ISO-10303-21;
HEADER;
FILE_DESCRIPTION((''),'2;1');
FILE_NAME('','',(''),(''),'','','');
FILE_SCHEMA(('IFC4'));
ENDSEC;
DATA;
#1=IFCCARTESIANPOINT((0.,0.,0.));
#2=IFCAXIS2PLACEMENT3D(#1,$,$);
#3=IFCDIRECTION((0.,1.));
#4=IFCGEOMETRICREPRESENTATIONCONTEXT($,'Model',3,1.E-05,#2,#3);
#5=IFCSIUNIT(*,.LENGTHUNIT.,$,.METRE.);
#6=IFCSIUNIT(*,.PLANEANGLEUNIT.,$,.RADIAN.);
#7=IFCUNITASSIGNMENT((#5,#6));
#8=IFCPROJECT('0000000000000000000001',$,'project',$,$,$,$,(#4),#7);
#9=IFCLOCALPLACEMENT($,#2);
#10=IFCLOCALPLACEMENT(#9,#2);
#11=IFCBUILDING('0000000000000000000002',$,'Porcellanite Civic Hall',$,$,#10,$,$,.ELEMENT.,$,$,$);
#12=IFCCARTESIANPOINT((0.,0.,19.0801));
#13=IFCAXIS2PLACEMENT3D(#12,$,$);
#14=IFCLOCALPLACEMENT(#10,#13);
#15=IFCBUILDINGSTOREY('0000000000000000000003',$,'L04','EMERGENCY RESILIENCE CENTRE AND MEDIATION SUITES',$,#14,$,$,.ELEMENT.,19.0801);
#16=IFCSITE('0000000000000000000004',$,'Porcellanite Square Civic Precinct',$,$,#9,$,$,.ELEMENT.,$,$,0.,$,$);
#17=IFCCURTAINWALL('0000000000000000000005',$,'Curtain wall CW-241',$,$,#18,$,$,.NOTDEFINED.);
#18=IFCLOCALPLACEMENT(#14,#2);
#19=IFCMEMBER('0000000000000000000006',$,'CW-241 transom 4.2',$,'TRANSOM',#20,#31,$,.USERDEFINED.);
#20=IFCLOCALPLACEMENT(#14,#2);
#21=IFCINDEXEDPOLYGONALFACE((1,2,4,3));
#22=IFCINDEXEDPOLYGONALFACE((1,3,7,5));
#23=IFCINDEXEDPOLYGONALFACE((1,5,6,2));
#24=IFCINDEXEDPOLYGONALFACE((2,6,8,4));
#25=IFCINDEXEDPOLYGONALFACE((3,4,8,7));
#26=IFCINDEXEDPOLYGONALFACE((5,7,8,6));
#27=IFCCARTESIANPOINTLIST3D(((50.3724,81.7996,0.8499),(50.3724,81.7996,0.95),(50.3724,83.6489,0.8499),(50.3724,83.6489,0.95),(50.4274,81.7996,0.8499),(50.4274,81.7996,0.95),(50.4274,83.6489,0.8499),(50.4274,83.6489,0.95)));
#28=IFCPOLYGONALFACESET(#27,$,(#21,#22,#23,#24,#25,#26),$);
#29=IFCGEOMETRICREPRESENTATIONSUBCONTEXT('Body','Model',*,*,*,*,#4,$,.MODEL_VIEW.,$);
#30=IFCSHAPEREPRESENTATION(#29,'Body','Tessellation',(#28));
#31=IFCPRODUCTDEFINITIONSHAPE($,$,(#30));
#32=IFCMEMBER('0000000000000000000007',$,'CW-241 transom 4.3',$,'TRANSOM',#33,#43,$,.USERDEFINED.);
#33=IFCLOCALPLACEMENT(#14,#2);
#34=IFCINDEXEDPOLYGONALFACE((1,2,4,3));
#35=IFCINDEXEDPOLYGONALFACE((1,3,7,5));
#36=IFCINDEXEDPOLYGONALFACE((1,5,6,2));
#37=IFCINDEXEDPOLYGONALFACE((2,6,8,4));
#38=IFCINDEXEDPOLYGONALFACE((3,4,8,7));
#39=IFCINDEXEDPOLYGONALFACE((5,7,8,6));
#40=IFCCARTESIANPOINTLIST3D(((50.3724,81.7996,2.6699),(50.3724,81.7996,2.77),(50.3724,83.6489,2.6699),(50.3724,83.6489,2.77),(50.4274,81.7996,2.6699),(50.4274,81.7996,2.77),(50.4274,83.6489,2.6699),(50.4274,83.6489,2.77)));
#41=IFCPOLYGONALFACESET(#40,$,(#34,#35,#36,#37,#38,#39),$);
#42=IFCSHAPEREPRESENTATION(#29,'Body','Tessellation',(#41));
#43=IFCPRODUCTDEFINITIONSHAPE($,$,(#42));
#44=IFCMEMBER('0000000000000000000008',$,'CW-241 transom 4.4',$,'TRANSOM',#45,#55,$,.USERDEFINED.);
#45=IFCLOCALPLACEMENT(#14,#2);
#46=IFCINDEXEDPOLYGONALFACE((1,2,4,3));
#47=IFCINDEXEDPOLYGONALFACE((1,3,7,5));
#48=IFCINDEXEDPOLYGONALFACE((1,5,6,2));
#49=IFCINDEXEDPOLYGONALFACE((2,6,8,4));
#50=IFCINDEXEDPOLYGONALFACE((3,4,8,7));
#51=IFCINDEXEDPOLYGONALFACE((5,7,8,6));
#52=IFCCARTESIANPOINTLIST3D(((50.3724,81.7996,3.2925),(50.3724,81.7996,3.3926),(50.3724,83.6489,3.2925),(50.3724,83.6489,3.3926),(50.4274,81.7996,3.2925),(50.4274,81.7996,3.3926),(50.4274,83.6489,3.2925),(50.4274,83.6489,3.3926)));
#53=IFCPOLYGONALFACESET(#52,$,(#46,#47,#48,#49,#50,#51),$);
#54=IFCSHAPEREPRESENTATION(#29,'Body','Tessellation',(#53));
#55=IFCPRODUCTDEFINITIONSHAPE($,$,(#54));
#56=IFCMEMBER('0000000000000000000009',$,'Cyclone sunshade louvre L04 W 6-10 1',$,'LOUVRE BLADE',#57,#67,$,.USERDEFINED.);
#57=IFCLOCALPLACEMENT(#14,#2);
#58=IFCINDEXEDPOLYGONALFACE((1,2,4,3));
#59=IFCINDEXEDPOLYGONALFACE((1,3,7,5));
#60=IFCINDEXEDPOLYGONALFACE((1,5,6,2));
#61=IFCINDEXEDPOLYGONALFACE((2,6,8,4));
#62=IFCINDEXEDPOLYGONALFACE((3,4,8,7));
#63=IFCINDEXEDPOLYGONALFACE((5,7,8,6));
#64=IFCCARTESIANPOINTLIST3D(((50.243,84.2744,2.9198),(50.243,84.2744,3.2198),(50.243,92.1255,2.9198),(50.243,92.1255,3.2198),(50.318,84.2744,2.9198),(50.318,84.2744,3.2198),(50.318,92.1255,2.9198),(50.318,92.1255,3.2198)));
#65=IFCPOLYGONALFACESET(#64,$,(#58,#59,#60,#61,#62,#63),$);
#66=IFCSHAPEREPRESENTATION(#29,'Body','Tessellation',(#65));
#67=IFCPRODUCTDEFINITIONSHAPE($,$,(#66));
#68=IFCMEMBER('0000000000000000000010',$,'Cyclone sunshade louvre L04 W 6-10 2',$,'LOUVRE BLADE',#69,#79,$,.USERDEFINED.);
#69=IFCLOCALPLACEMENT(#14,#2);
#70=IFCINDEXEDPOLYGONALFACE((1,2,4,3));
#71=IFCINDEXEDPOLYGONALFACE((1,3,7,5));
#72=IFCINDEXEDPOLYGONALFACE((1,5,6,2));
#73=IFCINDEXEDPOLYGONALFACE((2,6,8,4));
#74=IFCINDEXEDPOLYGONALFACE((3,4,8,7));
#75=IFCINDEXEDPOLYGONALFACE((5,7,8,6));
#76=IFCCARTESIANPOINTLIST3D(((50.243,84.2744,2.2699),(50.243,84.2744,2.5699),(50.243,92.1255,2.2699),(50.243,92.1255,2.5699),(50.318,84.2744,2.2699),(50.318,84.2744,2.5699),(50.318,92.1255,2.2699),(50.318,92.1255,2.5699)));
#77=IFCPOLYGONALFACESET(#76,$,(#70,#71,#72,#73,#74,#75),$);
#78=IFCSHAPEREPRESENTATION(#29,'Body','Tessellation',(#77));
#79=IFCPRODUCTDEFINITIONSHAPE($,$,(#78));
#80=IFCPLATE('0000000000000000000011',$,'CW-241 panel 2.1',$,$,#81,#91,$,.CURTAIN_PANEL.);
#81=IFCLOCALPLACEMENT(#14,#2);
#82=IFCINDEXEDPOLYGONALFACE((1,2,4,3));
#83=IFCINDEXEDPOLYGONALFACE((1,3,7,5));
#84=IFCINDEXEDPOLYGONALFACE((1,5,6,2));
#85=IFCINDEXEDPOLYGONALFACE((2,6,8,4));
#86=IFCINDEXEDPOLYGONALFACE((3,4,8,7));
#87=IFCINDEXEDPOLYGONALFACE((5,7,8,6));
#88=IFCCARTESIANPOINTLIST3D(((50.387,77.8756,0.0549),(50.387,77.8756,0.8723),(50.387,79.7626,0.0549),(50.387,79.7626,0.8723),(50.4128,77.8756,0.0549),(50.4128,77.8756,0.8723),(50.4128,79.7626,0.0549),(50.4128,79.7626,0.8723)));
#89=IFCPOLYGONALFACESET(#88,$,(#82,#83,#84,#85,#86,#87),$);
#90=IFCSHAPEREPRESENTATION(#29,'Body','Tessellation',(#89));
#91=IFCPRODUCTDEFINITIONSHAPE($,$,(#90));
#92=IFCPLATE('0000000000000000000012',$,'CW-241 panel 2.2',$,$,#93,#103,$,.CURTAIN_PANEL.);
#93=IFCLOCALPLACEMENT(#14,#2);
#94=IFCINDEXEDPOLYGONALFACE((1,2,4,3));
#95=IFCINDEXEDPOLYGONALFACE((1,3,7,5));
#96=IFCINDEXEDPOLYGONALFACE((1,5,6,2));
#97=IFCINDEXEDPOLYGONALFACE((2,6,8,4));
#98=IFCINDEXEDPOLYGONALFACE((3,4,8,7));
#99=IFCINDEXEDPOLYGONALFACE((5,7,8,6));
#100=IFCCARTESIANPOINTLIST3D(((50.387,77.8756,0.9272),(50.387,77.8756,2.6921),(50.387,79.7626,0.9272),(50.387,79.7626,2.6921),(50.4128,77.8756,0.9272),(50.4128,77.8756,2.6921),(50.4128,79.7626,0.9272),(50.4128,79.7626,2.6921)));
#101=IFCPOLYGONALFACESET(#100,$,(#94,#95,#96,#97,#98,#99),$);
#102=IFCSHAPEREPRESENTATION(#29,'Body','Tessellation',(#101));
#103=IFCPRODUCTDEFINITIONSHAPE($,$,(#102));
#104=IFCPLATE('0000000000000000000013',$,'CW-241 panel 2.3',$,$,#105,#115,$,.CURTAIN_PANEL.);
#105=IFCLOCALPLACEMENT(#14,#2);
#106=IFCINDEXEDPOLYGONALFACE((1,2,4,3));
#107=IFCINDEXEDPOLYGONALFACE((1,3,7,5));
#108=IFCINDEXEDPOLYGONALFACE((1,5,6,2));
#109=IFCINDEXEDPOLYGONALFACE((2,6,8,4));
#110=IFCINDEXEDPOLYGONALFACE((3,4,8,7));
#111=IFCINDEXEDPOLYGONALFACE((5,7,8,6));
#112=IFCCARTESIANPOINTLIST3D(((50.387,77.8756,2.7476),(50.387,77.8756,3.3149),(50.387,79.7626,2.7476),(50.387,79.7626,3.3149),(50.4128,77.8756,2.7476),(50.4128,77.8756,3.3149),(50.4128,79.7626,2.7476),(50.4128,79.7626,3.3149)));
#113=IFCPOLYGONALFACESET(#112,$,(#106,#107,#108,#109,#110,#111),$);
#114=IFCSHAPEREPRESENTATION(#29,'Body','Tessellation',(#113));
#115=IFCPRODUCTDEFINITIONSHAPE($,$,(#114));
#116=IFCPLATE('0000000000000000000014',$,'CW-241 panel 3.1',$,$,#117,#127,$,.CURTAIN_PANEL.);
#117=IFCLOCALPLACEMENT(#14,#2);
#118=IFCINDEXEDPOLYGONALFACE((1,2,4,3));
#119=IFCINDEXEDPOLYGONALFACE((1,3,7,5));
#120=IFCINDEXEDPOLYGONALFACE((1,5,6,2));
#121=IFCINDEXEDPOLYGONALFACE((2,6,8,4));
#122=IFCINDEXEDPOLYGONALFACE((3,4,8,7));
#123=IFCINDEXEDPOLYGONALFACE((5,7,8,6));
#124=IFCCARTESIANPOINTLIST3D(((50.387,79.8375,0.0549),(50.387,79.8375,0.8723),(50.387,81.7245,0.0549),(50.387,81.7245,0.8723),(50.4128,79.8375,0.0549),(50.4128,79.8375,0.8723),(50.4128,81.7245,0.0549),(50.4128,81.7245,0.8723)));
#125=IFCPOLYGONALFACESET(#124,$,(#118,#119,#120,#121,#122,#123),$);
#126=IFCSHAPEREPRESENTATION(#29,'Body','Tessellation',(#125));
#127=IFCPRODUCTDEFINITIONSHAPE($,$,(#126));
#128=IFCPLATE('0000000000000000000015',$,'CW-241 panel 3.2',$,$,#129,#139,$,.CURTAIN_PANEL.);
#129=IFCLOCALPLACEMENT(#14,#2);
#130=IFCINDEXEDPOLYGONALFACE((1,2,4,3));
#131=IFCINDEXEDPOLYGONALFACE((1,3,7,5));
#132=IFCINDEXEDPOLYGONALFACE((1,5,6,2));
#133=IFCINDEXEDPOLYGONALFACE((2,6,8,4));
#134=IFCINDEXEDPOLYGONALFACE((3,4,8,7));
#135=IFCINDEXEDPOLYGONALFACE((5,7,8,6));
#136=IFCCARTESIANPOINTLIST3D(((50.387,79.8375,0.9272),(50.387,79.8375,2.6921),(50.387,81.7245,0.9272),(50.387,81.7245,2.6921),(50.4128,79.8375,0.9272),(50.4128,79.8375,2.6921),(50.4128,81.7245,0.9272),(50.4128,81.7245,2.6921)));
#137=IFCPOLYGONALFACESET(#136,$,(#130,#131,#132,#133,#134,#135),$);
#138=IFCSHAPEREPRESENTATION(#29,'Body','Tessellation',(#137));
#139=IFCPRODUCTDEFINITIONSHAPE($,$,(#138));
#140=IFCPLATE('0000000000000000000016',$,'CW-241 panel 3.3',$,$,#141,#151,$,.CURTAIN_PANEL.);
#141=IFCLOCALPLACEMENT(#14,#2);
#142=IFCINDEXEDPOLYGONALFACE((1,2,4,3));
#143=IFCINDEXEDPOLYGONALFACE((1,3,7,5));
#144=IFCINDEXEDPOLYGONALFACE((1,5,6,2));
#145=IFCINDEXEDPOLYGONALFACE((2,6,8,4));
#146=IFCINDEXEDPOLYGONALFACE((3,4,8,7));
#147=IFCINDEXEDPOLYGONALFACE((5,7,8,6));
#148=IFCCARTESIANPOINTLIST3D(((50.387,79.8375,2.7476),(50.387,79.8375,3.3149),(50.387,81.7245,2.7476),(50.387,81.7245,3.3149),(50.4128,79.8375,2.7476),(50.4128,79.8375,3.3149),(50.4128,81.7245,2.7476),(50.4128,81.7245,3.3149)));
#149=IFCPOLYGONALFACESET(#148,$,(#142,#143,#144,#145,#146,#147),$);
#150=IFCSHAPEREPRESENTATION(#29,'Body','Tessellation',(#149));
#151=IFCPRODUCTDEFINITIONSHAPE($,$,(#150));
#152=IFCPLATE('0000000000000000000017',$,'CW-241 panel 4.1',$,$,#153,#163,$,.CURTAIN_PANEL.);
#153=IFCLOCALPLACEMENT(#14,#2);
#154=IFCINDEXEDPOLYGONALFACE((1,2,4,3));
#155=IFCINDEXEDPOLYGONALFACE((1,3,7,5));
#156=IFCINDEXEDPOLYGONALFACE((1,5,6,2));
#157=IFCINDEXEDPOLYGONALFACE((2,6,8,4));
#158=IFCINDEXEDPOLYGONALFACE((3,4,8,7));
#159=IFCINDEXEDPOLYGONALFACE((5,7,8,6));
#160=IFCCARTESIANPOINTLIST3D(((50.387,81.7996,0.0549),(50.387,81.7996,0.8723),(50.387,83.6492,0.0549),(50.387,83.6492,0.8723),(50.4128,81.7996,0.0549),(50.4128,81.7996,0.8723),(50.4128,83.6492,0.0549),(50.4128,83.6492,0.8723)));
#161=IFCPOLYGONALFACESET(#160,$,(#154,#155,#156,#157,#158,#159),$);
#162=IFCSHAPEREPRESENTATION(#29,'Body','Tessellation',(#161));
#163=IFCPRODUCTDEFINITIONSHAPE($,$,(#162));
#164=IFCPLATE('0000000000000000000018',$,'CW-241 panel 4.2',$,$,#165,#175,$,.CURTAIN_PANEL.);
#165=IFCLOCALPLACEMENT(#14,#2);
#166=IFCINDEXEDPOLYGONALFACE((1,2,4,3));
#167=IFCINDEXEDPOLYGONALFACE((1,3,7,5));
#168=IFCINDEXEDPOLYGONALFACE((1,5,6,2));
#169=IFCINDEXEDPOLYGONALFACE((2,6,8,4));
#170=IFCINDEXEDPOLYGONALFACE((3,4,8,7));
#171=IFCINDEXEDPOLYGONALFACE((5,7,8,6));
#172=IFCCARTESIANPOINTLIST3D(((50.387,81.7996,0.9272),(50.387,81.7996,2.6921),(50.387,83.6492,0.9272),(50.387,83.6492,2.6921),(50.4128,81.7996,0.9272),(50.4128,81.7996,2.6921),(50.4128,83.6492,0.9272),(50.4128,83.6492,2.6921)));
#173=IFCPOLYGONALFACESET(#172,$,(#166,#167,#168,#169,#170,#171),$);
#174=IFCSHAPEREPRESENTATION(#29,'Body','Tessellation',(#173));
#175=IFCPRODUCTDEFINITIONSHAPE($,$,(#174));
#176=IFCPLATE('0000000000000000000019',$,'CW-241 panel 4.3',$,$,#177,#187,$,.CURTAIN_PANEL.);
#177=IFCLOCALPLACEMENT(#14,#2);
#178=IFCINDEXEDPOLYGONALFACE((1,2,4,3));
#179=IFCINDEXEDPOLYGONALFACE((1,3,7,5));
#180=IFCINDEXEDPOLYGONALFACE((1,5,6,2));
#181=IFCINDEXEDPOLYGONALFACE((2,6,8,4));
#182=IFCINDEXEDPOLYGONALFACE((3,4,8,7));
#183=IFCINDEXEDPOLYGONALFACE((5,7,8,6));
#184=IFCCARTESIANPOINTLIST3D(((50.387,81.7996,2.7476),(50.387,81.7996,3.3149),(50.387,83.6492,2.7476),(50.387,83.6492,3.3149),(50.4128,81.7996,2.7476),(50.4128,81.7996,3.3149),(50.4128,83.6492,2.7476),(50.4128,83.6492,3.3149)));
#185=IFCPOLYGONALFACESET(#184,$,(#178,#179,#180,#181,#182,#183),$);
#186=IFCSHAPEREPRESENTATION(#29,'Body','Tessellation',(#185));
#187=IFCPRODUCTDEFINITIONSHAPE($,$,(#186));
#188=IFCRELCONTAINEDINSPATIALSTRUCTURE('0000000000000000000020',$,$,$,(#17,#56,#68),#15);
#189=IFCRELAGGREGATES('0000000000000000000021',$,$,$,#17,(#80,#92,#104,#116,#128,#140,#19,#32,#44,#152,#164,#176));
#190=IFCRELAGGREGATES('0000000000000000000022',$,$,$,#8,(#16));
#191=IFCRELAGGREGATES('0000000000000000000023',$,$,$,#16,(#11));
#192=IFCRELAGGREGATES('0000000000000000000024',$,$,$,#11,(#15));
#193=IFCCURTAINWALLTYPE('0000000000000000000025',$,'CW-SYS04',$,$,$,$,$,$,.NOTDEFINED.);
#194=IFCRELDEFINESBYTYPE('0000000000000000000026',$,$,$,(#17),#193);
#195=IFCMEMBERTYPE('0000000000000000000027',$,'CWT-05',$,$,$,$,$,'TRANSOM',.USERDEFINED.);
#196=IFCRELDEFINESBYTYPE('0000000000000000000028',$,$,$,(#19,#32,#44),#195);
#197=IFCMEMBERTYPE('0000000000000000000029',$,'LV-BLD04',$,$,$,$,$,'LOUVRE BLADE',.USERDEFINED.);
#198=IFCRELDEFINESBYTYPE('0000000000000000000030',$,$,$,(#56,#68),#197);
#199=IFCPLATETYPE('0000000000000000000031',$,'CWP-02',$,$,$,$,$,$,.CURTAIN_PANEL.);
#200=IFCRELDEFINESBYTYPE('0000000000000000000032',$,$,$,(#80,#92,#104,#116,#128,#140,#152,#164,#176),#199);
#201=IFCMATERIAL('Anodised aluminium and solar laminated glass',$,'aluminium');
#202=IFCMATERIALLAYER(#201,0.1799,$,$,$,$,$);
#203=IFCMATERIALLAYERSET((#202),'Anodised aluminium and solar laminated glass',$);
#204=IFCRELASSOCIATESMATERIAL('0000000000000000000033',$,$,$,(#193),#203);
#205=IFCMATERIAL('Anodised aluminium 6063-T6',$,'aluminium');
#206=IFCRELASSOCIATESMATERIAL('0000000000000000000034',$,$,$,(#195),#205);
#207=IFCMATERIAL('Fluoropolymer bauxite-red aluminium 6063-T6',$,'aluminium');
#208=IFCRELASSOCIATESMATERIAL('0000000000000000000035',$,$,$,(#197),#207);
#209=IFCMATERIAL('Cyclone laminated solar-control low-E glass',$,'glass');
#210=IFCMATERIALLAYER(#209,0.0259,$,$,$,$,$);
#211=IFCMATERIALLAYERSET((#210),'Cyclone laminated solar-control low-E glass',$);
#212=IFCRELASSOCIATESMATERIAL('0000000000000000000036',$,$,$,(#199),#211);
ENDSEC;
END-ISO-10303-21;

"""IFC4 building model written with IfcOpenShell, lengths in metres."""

from ifc_helpers import new_model, si_unit, direction, frame, origin, origin_2d, place, context, subcontext, project, spatial, rectangle, extrude, material, layer, layer_set, material_profile, profile_set, type_object, element, aggregate, save


model = new_model("IFC4")

# Units and contexts
model_context = context("Model", 3, precision=1e-05, world=origin(), true_north=direction((0.0, 1.0)))
body_context = subcontext(model_context, "Body", "Model", "MODEL_VIEW")
ifc_project = project(units=[si_unit("LENGTHUNIT", "METRE"), si_unit("PLANEANGLEUNIT", "RADIAN")], contexts=[model_context])

# Site, building, storey
site_placement = place(None, origin())
site = spatial("IfcSite", under=ifc_project, at=site_placement, Name="Porcellanite Square Civic Precinct", CompositionType="ELEMENT", RefElevation=0.0)
building_placement = place(site_placement, origin())
building = spatial("IfcBuilding", under=site, at=building_placement, Name="Porcellanite Civic Hall", CompositionType="ELEMENT")
storey_placement = place(building_placement, frame((0.0, 0.0, 19.0801)))
storey = spatial("IfcBuildingStorey", under=building, at=storey_placement, Name="L04", Description="EMERGENCY RESILIENCE CENTRE AND MEDIATION SUITES", CompositionType="ELEMENT", Elevation=19.0801)

# Curtain wall
ifc_material_1 = material(Name="Anodised aluminium and solar laminated glass", Category="aluminium")
ifc_layer_1 = layer(ifc_material_1, 0.1799)
ifc_layer_set_1 = layer_set([ifc_layer_1], Name="Anodised aluminium and solar laminated glass")
curtain_wall_type_1 = type_object("IfcCurtainWallType", Name="CW-SYS04", PredefinedType="NOTDEFINED", material=ifc_layer_set_1)
curtain_wall_1_placement = place(storey_placement, origin())
curtain_wall_1 = element("IfcCurtainWall", 1, at=curtain_wall_1_placement, inside=storey, type_object=curtain_wall_type_1, Name="Curtain wall CW-241", PredefinedType="NOTDEFINED")

# Members
ifc_material_2 = material(Name="Anodised aluminium 6063-T6", Category="aluminium")
ifc_material_profile_1 = material_profile(ifc_material_2, rectangle(XDim=0.0549, YDim=0.1001, at=origin_2d()), Name="AL-55x100")
ifc_profile_set_1 = profile_set([ifc_material_profile_1], Name="Anodised aluminium 6063-T6")
member_type_1 = type_object("IfcMemberType", Name="CWT-05", ElementType="TRANSOM", PredefinedType="USERDEFINED", material=ifc_profile_set_1)
member_1_placement = place(storey_placement, frame((50.3999, 81.7996, 0.8999), z_axis=(0.0, 1.0, 0.0), x_axis=(-1.0, 0.0, 0.0)))
member_1 = element("IfcMember", 2, at=member_1_placement, type_object=member_type_1, Name="CW-241 transom 4.2", ObjectType="TRANSOM", PredefinedType="USERDEFINED", context=body_context, shape_type="SweptSolid", body=[
    extrude(rectangle(XDim=0.0549, YDim=0.1001, at=origin_2d()), origin(), (0.0, 0.0, 1.0), 1.8494),
])
member_2_placement = place(storey_placement, frame((50.3999, 81.7996, 2.72), z_axis=(0.0, 1.0, 0.0), x_axis=(-1.0, 0.0, 0.0)))
member_2 = element("IfcMember", 3, at=member_2_placement, type_object=member_type_1, Name="CW-241 transom 4.3", ObjectType="TRANSOM", PredefinedType="USERDEFINED", context=body_context, shape_type="SweptSolid", body=[
    extrude(rectangle(XDim=0.0549, YDim=0.1001, at=origin_2d()), origin(), (0.0, 0.0, 1.0), 1.8494),
])
member_3_placement = place(storey_placement, frame((50.3999, 81.7996, 3.3425), z_axis=(0.0, 1.0, 0.0), x_axis=(-1.0, 0.0, 0.0)))
member_3 = element("IfcMember", 4, at=member_3_placement, type_object=member_type_1, Name="CW-241 transom 4.4", ObjectType="TRANSOM", PredefinedType="USERDEFINED", context=body_context, shape_type="SweptSolid", body=[
    extrude(rectangle(XDim=0.0549, YDim=0.1001, at=origin_2d()), origin(), (0.0, 0.0, 1.0), 1.8494),
])

# Members
ifc_material_3 = material(Name="Fluoropolymer bauxite-red aluminium 6063-T6", Category="aluminium")
ifc_material_profile_2 = material_profile(ifc_material_3, rectangle(XDim=0.075, YDim=0.3, at=origin_2d()), Name="AL-75x300")
ifc_profile_set_2 = profile_set([ifc_material_profile_2], Name="Fluoropolymer bauxite-red aluminium 6063-T6")
member_type_2 = type_object("IfcMemberType", Name="LV-BLD04", ElementType="LOUVRE BLADE", PredefinedType="USERDEFINED", material=ifc_profile_set_2)
for number, where, z_axis, x_axis, name in (
    (5, (50.2805, 84.2744, 3.0698), (0.0, 1.0, 0.0), (-1.0, 0.0, 0.0), "Cyclone sunshade louvre L04 W 6-10 1"),
    (6, (50.2805, 84.2744, 2.4199), (0.0, 1.0, 0.0), (-1.0, 0.0, 0.0), "Cyclone sunshade louvre L04 W 6-10 2"),
):
    element("IfcMember", number, at=place(storey_placement, frame(where, z_axis=z_axis, x_axis=x_axis)), inside=storey, type_object=member_type_2, Name=name, ObjectType="LOUVRE BLADE", PredefinedType="USERDEFINED", context=body_context, shape_type="SweptSolid", body=[
        extrude(rectangle(XDim=0.075, YDim=0.3, at=origin_2d()), origin(), (0.0, 0.0, 1.0), 7.8511),
    ])

# Plates
ifc_material_4 = material(Name="Cyclone laminated solar-control low-E glass", Category="glass")
ifc_layer_2 = layer(ifc_material_4, 0.0259)
ifc_layer_set_2 = layer_set([ifc_layer_2], Name="Cyclone laminated solar-control low-E glass")
plate_type = type_object("IfcPlateType", Name="CWP-02", PredefinedType="CURTAIN_PANEL", material=ifc_layer_set_2)
plate_1_placement = place(storey_placement, frame((50.3999, 78.8191, 0.0549), z_axis=(0.0, 0.0, 1.0), x_axis=(0.0, 1.0, 0.0)))
plate_1 = element("IfcPlate", 7, at=plate_1_placement, type_object=plate_type, Name="CW-241 panel 2.1", PredefinedType="CURTAIN_PANEL", context=body_context, shape_type="SweptSolid", body=[
    extrude(rectangle(XDim=1.887, YDim=0.0259, at=origin_2d()), origin(), (0.0, 0.0, 1.0), 0.8174),
])
plate_2_placement = place(storey_placement, frame((50.3999, 78.8191, 0.9272), z_axis=(0.0, 0.0, 1.0), x_axis=(0.0, 1.0, 0.0)))
plate_2 = element("IfcPlate", 8, at=plate_2_placement, type_object=plate_type, Name="CW-241 panel 2.2", PredefinedType="CURTAIN_PANEL", context=body_context, shape_type="SweptSolid", body=[
    extrude(rectangle(XDim=1.887, YDim=0.0259, at=origin_2d()), origin(), (0.0, 0.0, 1.0), 1.7649),
])
plate_3_placement = place(storey_placement, frame((50.3999, 78.8191, 2.7476), z_axis=(0.0, 0.0, 1.0), x_axis=(0.0, 1.0, 0.0)))
plate_3 = element("IfcPlate", 9, at=plate_3_placement, type_object=plate_type, Name="CW-241 panel 2.3", PredefinedType="CURTAIN_PANEL", context=body_context, shape_type="SweptSolid", body=[
    extrude(rectangle(XDim=1.887, YDim=0.0259, at=origin_2d()), origin(), (0.0, 0.0, 1.0), 0.5674),
])
plate_4_placement = place(storey_placement, frame((50.3999, 80.781, 0.0549), z_axis=(0.0, 0.0, 1.0), x_axis=(0.0, 1.0, 0.0)))
plate_4 = element("IfcPlate", 10, at=plate_4_placement, type_object=plate_type, Name="CW-241 panel 3.1", PredefinedType="CURTAIN_PANEL", context=body_context, shape_type="SweptSolid", body=[
    extrude(rectangle(XDim=1.887, YDim=0.0259, at=origin_2d()), origin(), (0.0, 0.0, 1.0), 0.8174),
])
plate_5_placement = place(storey_placement, frame((50.3999, 80.781, 0.9272), z_axis=(0.0, 0.0, 1.0), x_axis=(0.0, 1.0, 0.0)))
plate_5 = element("IfcPlate", 11, at=plate_5_placement, type_object=plate_type, Name="CW-241 panel 3.2", PredefinedType="CURTAIN_PANEL", context=body_context, shape_type="SweptSolid", body=[
    extrude(rectangle(XDim=1.887, YDim=0.0259, at=origin_2d()), origin(), (0.0, 0.0, 1.0), 1.7649),
])
plate_6_placement = place(storey_placement, frame((50.3999, 80.781, 2.7476), z_axis=(0.0, 0.0, 1.0), x_axis=(0.0, 1.0, 0.0)))
plate_6 = element("IfcPlate", 12, at=plate_6_placement, type_object=plate_type, Name="CW-241 panel 3.3", PredefinedType="CURTAIN_PANEL", context=body_context, shape_type="SweptSolid", body=[
    extrude(rectangle(XDim=1.887, YDim=0.0259, at=origin_2d()), origin(), (0.0, 0.0, 1.0), 0.5674),
])
plate_7_placement = place(storey_placement, frame((50.3999, 82.7244, 0.0549), z_axis=(0.0, 0.0, 1.0), x_axis=(0.0, 1.0, 0.0)))
plate_7 = element("IfcPlate", 13, at=plate_7_placement, type_object=plate_type, Name="CW-241 panel 4.1", PredefinedType="CURTAIN_PANEL", context=body_context, shape_type="SweptSolid", body=[
    extrude(rectangle(XDim=1.8496, YDim=0.0259, at=origin_2d()), origin(), (0.0, 0.0, 1.0), 0.8174),
])
plate_8_placement = place(storey_placement, frame((50.3999, 82.7244, 0.9272), z_axis=(0.0, 0.0, 1.0), x_axis=(0.0, 1.0, 0.0)))
plate_8 = element("IfcPlate", 14, at=plate_8_placement, type_object=plate_type, Name="CW-241 panel 4.2", PredefinedType="CURTAIN_PANEL", context=body_context, shape_type="SweptSolid", body=[
    extrude(rectangle(XDim=1.8496, YDim=0.0259, at=origin_2d()), origin(), (0.0, 0.0, 1.0), 1.7649),
])
plate_9_placement = place(storey_placement, frame((50.3999, 82.7244, 2.7476), z_axis=(0.0, 0.0, 1.0), x_axis=(0.0, 1.0, 0.0)))
plate_9 = element("IfcPlate", 15, at=plate_9_placement, type_object=plate_type, Name="CW-241 panel 4.3", PredefinedType="CURTAIN_PANEL", context=body_context, shape_type="SweptSolid", body=[
    extrude(rectangle(XDim=1.8496, YDim=0.0259, at=origin_2d()), origin(), (0.0, 0.0, 1.0), 0.5674),
])
aggregate(curtain_wall_1, [plate_1, plate_2, plate_3, plate_4, plate_5, plate_6, member_1, member_2, member_3, plate_7, plate_8, plate_9])

save(model, "model.ifc")
